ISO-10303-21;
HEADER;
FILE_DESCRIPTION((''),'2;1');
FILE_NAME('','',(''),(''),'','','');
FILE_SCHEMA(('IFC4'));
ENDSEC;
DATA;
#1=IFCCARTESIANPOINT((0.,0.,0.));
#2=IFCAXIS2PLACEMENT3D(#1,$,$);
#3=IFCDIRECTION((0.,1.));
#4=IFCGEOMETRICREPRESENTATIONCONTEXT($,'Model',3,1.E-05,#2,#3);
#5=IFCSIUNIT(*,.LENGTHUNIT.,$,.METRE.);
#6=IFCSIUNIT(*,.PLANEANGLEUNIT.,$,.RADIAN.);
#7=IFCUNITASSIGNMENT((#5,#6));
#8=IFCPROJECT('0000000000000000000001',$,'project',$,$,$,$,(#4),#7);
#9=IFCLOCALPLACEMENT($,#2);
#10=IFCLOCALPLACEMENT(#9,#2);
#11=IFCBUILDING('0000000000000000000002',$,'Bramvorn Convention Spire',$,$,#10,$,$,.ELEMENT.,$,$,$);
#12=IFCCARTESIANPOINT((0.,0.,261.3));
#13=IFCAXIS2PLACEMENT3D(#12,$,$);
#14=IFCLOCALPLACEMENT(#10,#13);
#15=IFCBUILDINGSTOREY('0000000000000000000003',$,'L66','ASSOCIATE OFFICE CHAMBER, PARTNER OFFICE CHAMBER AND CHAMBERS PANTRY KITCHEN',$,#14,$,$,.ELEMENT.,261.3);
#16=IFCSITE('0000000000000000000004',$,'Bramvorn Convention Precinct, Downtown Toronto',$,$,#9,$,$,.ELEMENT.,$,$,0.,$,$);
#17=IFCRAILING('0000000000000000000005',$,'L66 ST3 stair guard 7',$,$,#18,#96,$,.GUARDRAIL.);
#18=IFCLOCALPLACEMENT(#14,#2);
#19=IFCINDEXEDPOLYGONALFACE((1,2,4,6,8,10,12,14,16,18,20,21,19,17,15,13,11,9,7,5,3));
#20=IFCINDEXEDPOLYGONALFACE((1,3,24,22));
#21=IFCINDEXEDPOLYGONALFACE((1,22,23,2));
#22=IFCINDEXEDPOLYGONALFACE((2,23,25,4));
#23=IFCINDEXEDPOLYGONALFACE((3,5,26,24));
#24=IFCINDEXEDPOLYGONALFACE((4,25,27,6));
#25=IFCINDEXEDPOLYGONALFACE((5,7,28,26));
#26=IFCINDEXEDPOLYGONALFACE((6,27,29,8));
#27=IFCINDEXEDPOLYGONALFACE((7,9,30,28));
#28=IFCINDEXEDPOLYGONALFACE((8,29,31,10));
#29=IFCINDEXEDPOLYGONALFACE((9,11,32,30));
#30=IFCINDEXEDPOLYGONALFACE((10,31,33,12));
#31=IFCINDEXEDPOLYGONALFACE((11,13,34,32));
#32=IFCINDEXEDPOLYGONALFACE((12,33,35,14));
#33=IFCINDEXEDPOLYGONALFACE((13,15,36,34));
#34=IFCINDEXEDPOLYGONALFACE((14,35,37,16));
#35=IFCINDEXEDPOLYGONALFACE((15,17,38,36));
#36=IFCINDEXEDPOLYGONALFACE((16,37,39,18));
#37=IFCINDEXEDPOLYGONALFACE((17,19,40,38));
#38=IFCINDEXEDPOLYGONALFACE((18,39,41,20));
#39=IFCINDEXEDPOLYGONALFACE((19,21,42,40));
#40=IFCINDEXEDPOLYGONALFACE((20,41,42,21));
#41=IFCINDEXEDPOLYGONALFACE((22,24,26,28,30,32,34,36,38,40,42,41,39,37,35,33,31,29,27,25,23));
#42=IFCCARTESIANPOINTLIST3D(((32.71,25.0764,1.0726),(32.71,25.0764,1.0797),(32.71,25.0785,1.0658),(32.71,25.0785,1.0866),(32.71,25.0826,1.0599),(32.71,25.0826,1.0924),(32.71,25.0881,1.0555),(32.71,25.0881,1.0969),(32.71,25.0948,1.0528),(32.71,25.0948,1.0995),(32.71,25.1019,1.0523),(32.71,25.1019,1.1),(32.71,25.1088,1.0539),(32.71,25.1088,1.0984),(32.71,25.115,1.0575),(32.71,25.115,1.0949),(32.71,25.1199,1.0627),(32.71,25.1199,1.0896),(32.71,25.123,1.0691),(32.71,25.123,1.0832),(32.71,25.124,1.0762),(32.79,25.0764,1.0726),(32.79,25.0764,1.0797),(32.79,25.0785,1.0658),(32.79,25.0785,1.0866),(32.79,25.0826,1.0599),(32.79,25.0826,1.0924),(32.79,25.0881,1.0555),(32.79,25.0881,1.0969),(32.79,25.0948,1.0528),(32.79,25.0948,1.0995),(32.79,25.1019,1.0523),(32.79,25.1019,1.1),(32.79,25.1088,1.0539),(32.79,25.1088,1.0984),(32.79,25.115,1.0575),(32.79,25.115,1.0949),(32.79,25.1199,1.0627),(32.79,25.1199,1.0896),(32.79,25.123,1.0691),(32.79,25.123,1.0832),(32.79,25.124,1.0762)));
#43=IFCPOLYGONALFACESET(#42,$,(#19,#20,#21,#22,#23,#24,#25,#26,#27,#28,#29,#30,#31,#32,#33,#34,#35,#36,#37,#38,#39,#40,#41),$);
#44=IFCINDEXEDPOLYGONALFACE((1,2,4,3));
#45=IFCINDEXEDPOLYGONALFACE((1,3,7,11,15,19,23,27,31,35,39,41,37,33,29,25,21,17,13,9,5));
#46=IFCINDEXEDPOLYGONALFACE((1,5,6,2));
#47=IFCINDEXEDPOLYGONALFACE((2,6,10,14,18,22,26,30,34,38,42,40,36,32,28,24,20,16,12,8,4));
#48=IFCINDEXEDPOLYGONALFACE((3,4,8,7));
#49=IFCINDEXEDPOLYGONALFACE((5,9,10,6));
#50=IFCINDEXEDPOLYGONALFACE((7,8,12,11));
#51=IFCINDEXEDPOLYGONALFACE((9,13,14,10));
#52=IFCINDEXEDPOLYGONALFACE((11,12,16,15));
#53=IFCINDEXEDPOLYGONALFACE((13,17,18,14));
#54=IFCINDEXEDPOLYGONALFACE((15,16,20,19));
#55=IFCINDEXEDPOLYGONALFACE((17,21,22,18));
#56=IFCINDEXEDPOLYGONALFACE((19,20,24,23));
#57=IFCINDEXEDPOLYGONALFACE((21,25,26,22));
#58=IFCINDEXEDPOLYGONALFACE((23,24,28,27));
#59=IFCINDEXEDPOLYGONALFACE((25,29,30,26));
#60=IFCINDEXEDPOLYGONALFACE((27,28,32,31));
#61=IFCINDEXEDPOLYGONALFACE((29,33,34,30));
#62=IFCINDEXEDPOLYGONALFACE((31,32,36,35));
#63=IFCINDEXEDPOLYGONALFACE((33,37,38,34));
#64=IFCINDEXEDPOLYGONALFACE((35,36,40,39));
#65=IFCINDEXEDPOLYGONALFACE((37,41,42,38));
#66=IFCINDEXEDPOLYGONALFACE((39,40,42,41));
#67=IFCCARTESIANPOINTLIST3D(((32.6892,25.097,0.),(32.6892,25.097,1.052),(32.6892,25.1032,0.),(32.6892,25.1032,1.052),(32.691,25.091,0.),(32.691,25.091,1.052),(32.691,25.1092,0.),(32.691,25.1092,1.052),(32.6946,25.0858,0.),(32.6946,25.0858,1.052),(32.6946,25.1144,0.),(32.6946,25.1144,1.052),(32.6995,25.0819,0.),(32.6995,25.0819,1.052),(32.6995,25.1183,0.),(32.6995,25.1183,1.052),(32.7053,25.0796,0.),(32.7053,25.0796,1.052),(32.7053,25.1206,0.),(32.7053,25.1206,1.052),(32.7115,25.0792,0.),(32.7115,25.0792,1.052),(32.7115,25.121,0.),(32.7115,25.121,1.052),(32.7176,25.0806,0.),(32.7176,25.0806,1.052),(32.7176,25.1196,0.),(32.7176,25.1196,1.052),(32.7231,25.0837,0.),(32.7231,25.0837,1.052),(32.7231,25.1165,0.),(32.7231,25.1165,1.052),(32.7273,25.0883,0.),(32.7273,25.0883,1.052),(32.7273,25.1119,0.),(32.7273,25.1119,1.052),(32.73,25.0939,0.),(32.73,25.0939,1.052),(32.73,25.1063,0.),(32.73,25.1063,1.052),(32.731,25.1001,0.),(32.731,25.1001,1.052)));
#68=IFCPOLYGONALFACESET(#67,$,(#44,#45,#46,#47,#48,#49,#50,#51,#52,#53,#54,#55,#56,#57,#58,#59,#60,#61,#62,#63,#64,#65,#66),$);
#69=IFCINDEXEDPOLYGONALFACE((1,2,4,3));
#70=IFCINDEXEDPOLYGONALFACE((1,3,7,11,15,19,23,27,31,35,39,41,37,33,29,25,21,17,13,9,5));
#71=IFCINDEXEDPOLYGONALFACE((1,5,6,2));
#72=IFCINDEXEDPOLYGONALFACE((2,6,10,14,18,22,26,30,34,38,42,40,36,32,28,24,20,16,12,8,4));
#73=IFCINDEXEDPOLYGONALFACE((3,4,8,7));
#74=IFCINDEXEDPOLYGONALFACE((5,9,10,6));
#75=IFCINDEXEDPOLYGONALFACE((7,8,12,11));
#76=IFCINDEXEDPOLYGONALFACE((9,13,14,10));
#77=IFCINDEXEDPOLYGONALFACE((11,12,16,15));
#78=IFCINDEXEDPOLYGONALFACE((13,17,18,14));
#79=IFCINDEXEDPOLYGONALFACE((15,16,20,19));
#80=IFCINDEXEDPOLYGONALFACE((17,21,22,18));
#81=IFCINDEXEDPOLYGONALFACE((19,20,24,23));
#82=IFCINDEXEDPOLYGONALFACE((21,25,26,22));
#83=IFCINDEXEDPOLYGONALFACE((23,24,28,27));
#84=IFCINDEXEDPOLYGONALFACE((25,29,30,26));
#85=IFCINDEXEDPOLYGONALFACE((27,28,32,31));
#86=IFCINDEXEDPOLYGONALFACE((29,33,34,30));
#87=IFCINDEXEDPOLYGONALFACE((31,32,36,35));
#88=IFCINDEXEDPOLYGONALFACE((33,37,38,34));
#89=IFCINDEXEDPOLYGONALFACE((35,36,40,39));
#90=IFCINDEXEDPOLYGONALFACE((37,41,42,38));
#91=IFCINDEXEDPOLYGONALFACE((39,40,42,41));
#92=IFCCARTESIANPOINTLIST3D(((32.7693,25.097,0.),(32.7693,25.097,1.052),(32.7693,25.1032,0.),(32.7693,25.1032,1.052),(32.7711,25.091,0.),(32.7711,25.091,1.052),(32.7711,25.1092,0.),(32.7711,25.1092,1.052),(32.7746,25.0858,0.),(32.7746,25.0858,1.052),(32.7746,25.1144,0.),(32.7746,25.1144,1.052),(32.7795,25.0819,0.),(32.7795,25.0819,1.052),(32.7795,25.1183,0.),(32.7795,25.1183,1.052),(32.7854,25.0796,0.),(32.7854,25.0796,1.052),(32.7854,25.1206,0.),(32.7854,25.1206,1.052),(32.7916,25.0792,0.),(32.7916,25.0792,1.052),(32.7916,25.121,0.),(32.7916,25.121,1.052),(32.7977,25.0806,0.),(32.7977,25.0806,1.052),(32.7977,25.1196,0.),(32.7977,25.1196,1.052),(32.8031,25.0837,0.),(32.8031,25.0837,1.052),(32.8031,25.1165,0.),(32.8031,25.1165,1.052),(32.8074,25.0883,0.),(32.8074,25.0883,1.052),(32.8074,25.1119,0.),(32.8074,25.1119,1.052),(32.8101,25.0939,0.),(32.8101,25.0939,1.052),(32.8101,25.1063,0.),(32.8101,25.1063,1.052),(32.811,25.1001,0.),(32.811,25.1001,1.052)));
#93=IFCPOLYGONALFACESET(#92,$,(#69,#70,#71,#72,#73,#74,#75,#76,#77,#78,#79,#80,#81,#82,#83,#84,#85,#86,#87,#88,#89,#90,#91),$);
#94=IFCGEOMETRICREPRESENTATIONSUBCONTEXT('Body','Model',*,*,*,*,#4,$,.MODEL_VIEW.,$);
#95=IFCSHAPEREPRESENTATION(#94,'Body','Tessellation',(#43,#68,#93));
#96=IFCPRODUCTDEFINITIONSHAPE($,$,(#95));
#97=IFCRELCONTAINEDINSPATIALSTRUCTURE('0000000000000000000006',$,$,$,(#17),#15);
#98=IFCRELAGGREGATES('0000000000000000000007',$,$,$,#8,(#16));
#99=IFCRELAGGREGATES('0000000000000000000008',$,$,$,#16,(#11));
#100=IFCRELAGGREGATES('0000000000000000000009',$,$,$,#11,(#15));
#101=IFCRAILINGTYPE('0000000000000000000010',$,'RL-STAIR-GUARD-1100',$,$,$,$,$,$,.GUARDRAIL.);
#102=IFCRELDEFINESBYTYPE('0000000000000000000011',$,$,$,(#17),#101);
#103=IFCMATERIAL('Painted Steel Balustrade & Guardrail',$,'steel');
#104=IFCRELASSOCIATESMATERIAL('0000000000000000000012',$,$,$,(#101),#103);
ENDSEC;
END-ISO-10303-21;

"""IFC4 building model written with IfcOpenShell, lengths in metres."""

from ifc_helpers import new_model, si_unit, direction, frame, origin, origin_2d, place, context, subcontext, project, spatial, circle, extrude, material, type_object, element, save


model = new_model("IFC4")

# Units and contexts
model_context = context("Model", 3, precision=1e-05, world=origin(), true_north=direction((0.0, 1.0)))
body_context = subcontext(model_context, "Body", "Model", "MODEL_VIEW")
ifc_project = project(units=[si_unit("LENGTHUNIT", "METRE"), si_unit("PLANEANGLEUNIT", "RADIAN")], contexts=[model_context])

# Site, building, storey
site_placement = place(None, origin())
site = spatial("IfcSite", under=ifc_project, at=site_placement, Name="Bramvorn Convention Precinct, Downtown Toronto", CompositionType="ELEMENT", RefElevation=0.0)
building_placement = place(site_placement, origin())
building = spatial("IfcBuilding", under=site, at=building_placement, Name="Bramvorn Convention Spire", CompositionType="ELEMENT")
storey_placement = place(building_placement, frame((0.0, 0.0, 261.3)))
storey = spatial("IfcBuildingStorey", under=building, at=storey_placement, Name="L66", Description="ASSOCIATE OFFICE CHAMBER, PARTNER OFFICE CHAMBER AND CHAMBERS PANTRY KITCHEN", CompositionType="ELEMENT", Elevation=261.3)

# Railing
ifc_material_1 = material(Name="Painted Steel Balustrade & Guardrail", Category="steel")
railing_type_1 = type_object("IfcRailingType", Name="RL-STAIR-GUARD-1100", PredefinedType="GUARDRAIL", material=ifc_material_1)
railing_1_placement = place(storey_placement, frame((32.71, 25.1001, 0.0)))
element("IfcRailing", 1, at=railing_1_placement, inside=storey, type_object=railing_type_1, Name="L66 ST3 stair guard 7", PredefinedType="GUARDRAIL", context=body_context, shape_type="SweptSolid", body=[
    extrude(circle(Radius=0.0239, at=origin_2d()), frame((0.0, 0.0, 1.0762), z_axis=(1.0, 0.0, 0.0), x_axis=(0.0, 1.0, 0.0)), (0.0, 0.0, 1.0), 0.0801),
    extrude(circle(Radius=0.021, at=origin_2d()), origin(), (0.0, 0.0, 1.0), 1.052),
    extrude(circle(Radius=0.021, at=origin_2d()), frame((0.0801, 0.0, 0.0)), (0.0, 0.0, 1.0), 1.052),
])

save(model, "model.ifc")
